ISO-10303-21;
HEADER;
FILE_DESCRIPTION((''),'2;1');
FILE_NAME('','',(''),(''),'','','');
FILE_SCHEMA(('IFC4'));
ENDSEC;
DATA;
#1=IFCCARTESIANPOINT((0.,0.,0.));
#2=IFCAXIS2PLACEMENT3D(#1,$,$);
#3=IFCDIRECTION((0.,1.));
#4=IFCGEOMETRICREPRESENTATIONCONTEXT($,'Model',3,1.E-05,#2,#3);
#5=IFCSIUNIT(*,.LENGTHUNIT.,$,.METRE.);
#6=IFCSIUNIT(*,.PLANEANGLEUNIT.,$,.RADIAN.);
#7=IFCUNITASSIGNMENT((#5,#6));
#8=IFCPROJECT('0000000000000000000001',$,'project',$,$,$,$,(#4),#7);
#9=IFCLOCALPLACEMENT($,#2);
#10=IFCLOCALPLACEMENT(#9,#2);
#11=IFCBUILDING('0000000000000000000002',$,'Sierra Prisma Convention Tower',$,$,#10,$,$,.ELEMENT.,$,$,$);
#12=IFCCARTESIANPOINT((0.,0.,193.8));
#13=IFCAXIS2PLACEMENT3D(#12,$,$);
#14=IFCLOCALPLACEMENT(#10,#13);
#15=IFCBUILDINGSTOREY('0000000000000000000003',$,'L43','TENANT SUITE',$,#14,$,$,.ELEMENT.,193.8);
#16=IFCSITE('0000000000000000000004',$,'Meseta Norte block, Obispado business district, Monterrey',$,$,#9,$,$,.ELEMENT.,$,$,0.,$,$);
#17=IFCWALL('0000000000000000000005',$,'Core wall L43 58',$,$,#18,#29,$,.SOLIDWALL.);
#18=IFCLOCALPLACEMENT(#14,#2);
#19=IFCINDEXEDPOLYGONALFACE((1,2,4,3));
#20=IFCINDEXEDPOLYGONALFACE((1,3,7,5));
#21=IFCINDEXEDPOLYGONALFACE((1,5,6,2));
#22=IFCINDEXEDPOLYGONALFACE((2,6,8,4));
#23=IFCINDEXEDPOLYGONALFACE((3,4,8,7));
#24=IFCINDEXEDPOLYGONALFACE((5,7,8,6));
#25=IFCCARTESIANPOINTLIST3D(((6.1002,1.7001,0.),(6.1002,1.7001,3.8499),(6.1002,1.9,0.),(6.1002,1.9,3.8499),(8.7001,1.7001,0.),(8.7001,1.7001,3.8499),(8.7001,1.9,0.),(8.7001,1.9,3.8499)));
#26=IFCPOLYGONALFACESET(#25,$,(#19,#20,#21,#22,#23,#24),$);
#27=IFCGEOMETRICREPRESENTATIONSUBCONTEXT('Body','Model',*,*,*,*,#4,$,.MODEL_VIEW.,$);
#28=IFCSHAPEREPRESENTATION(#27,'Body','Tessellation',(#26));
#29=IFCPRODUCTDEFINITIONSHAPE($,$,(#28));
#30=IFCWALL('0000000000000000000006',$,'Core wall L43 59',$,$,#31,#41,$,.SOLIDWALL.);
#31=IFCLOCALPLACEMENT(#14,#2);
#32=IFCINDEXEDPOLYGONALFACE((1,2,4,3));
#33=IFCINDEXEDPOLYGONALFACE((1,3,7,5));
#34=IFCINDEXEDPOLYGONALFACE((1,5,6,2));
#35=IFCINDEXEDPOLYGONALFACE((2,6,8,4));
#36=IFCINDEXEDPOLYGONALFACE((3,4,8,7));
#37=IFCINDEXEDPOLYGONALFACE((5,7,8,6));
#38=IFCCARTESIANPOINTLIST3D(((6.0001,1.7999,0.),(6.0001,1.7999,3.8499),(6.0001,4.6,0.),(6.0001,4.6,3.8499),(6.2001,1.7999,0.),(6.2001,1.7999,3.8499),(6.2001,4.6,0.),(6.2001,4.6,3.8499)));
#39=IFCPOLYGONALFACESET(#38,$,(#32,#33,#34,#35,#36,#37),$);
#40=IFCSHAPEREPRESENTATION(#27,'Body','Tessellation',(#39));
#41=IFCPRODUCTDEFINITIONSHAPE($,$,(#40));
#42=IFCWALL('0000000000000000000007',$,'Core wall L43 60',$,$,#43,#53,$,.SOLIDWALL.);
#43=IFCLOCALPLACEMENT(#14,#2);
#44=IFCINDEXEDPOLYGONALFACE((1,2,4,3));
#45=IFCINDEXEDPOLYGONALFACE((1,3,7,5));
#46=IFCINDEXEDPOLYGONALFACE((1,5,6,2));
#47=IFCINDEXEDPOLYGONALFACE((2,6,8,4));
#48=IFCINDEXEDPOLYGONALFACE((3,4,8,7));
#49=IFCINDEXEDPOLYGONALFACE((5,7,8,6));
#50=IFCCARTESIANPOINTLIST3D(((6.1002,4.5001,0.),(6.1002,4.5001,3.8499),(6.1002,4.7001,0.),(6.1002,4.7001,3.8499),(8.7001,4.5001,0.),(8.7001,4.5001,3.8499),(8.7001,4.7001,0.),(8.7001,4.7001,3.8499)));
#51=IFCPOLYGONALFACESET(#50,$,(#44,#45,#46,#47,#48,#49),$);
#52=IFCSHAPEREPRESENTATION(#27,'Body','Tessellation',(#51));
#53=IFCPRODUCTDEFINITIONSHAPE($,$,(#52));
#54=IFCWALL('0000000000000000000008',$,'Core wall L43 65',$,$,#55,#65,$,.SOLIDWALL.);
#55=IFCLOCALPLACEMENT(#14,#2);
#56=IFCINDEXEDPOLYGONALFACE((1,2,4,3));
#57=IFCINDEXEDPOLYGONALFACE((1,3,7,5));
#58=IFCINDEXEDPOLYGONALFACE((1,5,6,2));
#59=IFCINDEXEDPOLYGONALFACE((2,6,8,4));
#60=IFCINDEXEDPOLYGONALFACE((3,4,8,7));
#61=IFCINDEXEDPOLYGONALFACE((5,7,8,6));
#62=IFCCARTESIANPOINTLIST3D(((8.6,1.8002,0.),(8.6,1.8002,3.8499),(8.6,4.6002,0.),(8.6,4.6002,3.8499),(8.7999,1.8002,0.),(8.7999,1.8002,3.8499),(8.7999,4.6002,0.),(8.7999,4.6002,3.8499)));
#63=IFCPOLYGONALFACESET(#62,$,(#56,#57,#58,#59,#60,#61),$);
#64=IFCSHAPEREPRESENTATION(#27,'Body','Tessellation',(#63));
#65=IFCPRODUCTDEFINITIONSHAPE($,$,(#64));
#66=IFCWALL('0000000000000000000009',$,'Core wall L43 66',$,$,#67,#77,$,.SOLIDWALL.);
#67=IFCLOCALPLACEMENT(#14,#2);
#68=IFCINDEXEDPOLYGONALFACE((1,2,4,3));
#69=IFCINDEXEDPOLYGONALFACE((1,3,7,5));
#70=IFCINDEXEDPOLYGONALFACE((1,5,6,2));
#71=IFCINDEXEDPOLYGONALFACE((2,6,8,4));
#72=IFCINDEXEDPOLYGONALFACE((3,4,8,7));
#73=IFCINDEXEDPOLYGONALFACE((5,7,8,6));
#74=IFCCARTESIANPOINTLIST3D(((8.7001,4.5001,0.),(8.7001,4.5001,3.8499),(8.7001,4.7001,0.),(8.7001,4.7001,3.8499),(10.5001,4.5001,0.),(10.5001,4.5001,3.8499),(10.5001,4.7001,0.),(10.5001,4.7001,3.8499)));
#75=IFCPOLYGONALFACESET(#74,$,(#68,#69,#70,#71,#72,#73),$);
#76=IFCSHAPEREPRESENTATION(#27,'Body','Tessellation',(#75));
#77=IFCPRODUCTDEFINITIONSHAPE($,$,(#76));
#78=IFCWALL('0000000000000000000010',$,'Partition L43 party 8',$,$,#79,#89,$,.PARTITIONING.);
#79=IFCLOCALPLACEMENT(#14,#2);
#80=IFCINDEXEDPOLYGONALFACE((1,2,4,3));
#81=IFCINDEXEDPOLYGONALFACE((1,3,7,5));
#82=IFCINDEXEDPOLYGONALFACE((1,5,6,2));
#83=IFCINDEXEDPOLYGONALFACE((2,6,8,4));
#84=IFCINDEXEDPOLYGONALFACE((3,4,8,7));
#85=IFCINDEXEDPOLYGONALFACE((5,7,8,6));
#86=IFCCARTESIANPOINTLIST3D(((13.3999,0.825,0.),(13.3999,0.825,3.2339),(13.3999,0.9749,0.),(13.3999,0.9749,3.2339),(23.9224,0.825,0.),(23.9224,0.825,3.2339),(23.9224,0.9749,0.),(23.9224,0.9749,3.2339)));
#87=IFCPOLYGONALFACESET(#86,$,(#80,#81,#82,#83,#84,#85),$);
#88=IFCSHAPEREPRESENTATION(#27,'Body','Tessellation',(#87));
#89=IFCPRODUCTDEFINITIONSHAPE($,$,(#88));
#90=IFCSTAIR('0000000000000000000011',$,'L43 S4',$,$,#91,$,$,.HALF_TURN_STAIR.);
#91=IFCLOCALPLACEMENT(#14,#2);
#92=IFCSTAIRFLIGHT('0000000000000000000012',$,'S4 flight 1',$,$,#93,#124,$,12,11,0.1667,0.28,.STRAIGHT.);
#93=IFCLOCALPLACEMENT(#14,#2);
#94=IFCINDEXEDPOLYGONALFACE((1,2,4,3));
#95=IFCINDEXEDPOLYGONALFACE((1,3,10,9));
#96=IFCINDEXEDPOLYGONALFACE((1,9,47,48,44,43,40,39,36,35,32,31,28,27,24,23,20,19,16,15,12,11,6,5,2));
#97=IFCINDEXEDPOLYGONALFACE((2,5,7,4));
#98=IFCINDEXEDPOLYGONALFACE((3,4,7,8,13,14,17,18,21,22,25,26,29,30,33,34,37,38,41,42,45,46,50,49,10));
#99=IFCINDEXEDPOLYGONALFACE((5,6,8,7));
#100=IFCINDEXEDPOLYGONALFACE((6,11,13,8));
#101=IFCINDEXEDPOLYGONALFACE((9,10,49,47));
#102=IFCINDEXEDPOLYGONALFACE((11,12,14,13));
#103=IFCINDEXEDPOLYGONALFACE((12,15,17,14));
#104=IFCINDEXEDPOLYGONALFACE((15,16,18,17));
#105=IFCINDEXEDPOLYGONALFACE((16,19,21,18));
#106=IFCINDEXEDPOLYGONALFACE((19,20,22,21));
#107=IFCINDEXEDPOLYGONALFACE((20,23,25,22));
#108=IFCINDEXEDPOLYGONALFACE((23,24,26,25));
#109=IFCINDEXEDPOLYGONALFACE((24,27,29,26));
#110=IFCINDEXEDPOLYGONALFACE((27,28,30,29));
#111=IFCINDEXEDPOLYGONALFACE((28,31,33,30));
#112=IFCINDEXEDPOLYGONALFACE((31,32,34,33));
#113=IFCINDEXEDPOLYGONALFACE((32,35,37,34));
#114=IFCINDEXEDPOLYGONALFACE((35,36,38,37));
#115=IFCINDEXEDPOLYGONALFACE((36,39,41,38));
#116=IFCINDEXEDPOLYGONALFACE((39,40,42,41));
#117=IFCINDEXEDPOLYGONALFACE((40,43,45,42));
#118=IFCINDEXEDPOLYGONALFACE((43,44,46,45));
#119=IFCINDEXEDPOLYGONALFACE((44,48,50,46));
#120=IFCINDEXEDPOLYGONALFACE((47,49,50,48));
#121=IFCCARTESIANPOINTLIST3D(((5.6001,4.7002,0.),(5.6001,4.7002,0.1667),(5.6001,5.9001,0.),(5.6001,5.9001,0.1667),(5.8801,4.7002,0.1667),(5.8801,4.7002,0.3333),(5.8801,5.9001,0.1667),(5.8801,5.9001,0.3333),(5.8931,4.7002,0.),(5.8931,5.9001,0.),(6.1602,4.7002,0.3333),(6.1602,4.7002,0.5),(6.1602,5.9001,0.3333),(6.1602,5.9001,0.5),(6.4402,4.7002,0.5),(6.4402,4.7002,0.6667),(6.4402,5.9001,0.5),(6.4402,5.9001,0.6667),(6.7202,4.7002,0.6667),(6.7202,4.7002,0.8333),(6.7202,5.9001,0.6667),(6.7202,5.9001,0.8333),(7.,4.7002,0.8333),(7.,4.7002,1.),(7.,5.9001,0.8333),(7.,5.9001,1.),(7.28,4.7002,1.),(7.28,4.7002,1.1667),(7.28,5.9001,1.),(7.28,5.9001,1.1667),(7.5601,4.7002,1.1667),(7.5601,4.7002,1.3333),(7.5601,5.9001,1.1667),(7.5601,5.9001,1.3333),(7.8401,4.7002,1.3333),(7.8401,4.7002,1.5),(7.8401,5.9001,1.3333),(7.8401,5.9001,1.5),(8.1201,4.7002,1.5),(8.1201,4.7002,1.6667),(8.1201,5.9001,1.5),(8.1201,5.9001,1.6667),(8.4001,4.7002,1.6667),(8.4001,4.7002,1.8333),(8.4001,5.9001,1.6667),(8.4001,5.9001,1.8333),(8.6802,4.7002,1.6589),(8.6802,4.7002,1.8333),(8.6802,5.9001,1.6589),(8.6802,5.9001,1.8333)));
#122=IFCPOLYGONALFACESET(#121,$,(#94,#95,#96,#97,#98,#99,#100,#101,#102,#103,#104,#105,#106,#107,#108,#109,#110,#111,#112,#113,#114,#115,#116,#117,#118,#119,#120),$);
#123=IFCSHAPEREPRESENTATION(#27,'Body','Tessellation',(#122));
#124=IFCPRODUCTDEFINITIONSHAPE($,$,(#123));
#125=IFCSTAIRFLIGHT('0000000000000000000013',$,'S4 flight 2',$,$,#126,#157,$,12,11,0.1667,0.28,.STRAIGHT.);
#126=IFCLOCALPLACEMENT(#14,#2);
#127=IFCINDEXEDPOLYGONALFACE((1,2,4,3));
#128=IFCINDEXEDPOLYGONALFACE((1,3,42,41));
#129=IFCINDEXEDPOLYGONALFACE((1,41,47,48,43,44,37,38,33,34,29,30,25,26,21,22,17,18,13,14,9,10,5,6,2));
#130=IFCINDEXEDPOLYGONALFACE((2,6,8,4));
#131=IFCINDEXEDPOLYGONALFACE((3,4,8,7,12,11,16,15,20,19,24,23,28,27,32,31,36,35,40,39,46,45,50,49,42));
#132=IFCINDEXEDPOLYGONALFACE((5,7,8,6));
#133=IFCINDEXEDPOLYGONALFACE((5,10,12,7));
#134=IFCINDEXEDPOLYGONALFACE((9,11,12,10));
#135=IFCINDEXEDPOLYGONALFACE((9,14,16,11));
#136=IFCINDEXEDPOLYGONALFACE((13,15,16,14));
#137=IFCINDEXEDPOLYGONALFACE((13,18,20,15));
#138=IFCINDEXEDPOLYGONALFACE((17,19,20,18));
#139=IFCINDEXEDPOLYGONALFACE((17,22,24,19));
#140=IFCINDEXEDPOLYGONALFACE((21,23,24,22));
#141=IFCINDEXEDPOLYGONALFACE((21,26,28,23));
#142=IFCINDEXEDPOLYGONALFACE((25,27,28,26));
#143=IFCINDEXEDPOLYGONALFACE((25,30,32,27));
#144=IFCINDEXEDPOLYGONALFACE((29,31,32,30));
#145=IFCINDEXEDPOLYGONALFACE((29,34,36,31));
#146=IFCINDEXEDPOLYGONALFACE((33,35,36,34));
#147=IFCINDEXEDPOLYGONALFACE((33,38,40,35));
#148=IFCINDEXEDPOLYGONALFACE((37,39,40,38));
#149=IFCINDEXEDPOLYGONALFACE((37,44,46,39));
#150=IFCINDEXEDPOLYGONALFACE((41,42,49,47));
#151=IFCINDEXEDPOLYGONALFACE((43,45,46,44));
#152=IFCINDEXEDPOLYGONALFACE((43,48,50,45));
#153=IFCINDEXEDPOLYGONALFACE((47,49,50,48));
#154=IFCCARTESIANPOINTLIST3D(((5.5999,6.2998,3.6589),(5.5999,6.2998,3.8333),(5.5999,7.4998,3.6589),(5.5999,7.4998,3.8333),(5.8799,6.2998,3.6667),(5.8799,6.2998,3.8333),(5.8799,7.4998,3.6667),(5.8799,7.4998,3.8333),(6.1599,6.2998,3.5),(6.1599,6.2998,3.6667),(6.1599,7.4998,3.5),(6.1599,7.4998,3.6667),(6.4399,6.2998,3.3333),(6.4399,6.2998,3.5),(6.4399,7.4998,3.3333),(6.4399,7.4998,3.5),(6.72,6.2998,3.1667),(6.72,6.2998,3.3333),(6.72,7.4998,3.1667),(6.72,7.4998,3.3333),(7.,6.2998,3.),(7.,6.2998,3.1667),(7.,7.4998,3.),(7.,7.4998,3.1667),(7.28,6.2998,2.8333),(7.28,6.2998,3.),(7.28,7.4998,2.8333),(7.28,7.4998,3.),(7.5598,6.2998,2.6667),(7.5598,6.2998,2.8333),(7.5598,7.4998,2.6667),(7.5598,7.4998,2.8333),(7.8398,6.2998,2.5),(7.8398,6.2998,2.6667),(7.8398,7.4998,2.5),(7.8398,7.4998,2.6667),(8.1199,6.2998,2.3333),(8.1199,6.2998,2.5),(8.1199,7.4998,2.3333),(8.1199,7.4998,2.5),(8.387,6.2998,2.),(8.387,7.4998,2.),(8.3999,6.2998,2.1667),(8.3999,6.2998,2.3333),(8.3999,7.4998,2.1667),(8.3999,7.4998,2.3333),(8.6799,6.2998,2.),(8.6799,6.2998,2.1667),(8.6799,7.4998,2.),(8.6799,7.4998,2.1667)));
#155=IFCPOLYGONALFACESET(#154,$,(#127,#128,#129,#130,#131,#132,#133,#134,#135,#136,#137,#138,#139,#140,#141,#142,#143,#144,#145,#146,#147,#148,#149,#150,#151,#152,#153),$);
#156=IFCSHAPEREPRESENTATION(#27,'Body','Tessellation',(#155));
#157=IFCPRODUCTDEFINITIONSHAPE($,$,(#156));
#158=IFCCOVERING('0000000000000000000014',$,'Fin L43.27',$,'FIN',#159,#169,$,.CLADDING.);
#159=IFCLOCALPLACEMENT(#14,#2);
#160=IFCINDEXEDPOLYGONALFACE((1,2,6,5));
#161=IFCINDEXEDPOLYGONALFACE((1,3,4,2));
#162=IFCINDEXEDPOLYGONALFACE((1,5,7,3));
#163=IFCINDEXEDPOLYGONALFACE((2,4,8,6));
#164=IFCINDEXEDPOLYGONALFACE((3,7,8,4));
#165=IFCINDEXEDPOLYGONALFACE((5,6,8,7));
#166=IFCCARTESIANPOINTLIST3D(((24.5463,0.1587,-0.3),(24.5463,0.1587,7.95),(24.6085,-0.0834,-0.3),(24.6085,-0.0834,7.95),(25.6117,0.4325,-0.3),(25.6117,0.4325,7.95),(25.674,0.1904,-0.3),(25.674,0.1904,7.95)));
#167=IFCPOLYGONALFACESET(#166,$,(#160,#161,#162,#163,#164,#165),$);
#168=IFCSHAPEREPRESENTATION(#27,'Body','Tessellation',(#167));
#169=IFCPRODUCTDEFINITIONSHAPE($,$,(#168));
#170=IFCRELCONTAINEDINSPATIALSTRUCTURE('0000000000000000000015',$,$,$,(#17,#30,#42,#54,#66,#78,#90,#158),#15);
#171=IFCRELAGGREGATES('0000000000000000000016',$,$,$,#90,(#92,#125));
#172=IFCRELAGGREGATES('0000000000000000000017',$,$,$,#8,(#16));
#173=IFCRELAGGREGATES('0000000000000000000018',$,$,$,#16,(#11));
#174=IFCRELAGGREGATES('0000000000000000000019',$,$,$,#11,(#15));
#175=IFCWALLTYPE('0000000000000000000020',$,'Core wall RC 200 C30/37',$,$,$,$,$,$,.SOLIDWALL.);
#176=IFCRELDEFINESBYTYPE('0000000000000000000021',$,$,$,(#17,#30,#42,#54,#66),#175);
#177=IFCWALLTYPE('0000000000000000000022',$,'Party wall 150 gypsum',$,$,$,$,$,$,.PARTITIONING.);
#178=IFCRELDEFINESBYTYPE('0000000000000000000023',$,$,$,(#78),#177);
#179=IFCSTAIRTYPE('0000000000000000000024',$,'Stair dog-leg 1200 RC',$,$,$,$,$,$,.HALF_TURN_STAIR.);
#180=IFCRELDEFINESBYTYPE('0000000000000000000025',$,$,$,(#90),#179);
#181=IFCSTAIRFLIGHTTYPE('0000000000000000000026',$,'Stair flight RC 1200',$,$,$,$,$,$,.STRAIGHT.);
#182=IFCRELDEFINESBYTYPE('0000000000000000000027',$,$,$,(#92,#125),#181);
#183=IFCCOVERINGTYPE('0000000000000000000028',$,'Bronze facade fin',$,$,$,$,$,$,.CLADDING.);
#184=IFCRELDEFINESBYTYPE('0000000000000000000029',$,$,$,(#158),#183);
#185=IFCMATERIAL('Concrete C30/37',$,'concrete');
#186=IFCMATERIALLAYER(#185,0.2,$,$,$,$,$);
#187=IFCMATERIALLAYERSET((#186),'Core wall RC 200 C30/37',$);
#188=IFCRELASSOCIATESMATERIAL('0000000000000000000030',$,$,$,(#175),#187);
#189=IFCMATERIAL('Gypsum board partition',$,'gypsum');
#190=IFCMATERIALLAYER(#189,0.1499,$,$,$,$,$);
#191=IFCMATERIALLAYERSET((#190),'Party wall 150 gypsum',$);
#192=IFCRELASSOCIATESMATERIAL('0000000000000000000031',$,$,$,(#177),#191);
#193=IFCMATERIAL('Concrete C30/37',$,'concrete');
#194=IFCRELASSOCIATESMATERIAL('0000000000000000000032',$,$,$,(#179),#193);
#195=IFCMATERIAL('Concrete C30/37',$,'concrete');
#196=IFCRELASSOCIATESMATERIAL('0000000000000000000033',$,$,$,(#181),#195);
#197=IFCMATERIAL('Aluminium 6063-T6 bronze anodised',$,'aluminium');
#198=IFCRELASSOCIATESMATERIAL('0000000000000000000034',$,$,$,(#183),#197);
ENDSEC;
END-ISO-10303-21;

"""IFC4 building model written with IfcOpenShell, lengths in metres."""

from ifc_helpers import new_model, si_unit, direction, frame, frame_2d, origin, origin_2d, place, context, subcontext, project, spatial, polyline, rectangle, outline, extrude, material, layer, layer_set, material_profile, profile_set, type_object, element, aggregate, save


model = new_model("IFC4")

# Units and contexts
model_context = context("Model", 3, precision=1e-05, world=origin(), true_north=direction((0.0, 1.0)))
body_context = subcontext(model_context, "Body", "Model", "MODEL_VIEW")
ifc_project = project(units=[si_unit("LENGTHUNIT", "METRE"), si_unit("PLANEANGLEUNIT", "RADIAN")], contexts=[model_context])

# Site, building, storey
site_placement = place(None, origin())
site = spatial("IfcSite", under=ifc_project, at=site_placement, Name="Meseta Norte block, Obispado business district, Monterrey", CompositionType="ELEMENT", RefElevation=0.0)
building_placement = place(site_placement, origin())
building = spatial("IfcBuilding", under=site, at=building_placement, Name="Sierra Prisma Convention Tower", CompositionType="ELEMENT")
storey_placement = place(building_placement, frame((0.0, 0.0, 193.8)))
storey = spatial("IfcBuildingStorey", under=building, at=storey_placement, Name="L43", Description="TENANT SUITE", CompositionType="ELEMENT", Elevation=193.8)

# Walls
ifc_material_1 = material(Name="Concrete C30/37", Category="concrete")
ifc_layer_1 = layer(ifc_material_1, 0.2)
ifc_layer_set_1 = layer_set([ifc_layer_1], Name="Core wall RC 200 C30/37")
wall_type_1 = type_object("IfcWallType", Name="Core wall RC 200 C30/37", PredefinedType="SOLIDWALL", material=ifc_layer_set_1)
wall_1_placement = place(storey_placement, frame((8.7, 1.8, 0.0), z_axis=(0.0, 0.0, 1.0), x_axis=(-1.0, 0.0, 0.0)))
element("IfcWall", 1, at=wall_1_placement, inside=storey, type_object=wall_type_1, Name="Core wall L43 58", PredefinedType="SOLIDWALL", context=body_context, shape_type="SweptSolid", body=[
    extrude(rectangle(XDim=2.5999, YDim=0.2, at=frame_2d((1.2998, 0.0))), origin(), (0.0, 0.0, 1.0), 3.8499),
])
wall_2_placement = place(storey_placement, frame((6.1001, 1.8, 0.0), z_axis=(0.0, 0.0, 1.0), x_axis=(0.0, 1.0, 0.0)))
element("IfcWall", 2, at=wall_2_placement, inside=storey, type_object=wall_type_1, Name="Core wall L43 59", PredefinedType="SOLIDWALL", context=body_context, shape_type="SweptSolid", body=[
    extrude(rectangle(XDim=2.8, YDim=0.2, at=frame_2d((1.3999, 0.0))), origin(), (0.0, 0.0, 1.0), 3.8499),
])
wall_3_placement = place(storey_placement, frame((8.7, 4.6001, 0.0), z_axis=(0.0, 0.0, 1.0), x_axis=(-1.0, 0.0, 0.0)))
element("IfcWall", 3, at=wall_3_placement, inside=storey, type_object=wall_type_1, Name="Core wall L43 60", PredefinedType="SOLIDWALL", context=body_context, shape_type="SweptSolid", body=[
    extrude(rectangle(XDim=2.5999, YDim=0.2, at=frame_2d((1.2998, 0.0))), origin(), (0.0, 0.0, 1.0), 3.8499),
])

# Walls
wall_4_placement = place(storey_placement, frame((8.7, 4.6001, 0.0), z_axis=(0.0, 0.0, 1.0), x_axis=(0.0, -1.0, 0.0)))
element("IfcWall", 4, at=wall_4_placement, inside=storey, type_object=wall_type_1, Name="Core wall L43 65", PredefinedType="SOLIDWALL", context=body_context, shape_type="SweptSolid", body=[
    extrude(rectangle(XDim=2.8, YDim=0.2, at=frame_2d((1.3999, 0.0))), origin(), (0.0, 0.0, 1.0), 3.8499),
])
wall_5_placement = place(storey_placement, frame((10.5, 4.6001, 0.0), z_axis=(0.0, 0.0, 1.0), x_axis=(-1.0, 0.0, 0.0)))
element("IfcWall", 5, at=wall_5_placement, inside=storey, type_object=wall_type_1, Name="Core wall L43 66", PredefinedType="SOLIDWALL", context=body_context, shape_type="SweptSolid", body=[
    extrude(rectangle(XDim=1.8, YDim=0.2, at=frame_2d((0.8999, 0.0))), origin(), (0.0, 0.0, 1.0), 3.8499),
])
ifc_material_2 = material(Name="Gypsum board partition", Category="gypsum")
ifc_layer_2 = layer(ifc_material_2, 0.1499)
ifc_layer_set_2 = layer_set([ifc_layer_2], Name="Party wall 150 gypsum")
wall_type_2 = type_object("IfcWallType", Name="Party wall 150 gypsum", PredefinedType="PARTITIONING", material=ifc_layer_set_2)
wall_6_placement = place(storey_placement, frame((23.9224, 0.8999, 0.0), z_axis=(0.0, 0.0, 1.0), x_axis=(-1.0, 0.0, 0.0)))
element("IfcWall", 6, at=wall_6_placement, inside=storey, type_object=wall_type_2, Name="Partition L43 party 8", PredefinedType="PARTITIONING", context=body_context, shape_type="SweptSolid", body=[
    extrude(rectangle(XDim=10.5225, YDim=0.1499, at=frame_2d((5.2612, 0.0))), origin(), (0.0, 0.0, 1.0), 3.2339),
])

# Stair, stair flights
ifc_material_3 = material(Name="Concrete C30/37", Category="concrete")
stair_type = type_object("IfcStairType", Name="Stair dog-leg 1200 RC", PredefinedType="HALF_TURN_STAIR", material=ifc_material_3)
stair_placement = place(storey_placement, origin())
stair = element("IfcStair", 7, at=stair_placement, inside=storey, type_object=stair_type, Name="L43 S4", PredefinedType="HALF_TURN_STAIR")
ifc_material_4 = material(Name="Concrete C30/37", Category="concrete")
stair_flight_type = type_object("IfcStairFlightType", Name="Stair flight RC 1200", PredefinedType="STRAIGHT", material=ifc_material_4)
stair_flight_1_placement = place(storey_placement, frame((5.6001, 5.3, 0.0), z_axis=(0.0, 0.0, 1.0), x_axis=(1.0, 0.0, 0.0)))
stair_flight_1 = element("IfcStairFlight", 8, at=stair_flight_1_placement, type_object=stair_flight_type, Name="S4 flight 1", NumberOfRisers=12, NumberOfTreads=11, PredefinedType="STRAIGHT", RiserHeight=0.1667, TreadLength=0.28, context=body_context, shape_type="SweptSolid", body=[
    extrude(outline(polyline([(0.0, 0.0), (0.0, 0.1667), (0.28, 0.1667), (0.28, 0.3333), (0.5601, 0.3333), (0.5601, 0.5), (0.8401, 0.5), (0.8401, 0.6667), (1.1201, 0.6667), (1.1201, 0.8333), (1.3999, 0.8333), (1.3999, 1.0), (1.6799, 1.0), (1.6799, 1.1667), (1.96, 1.1667), (1.96, 1.3333), (2.24, 1.3333), (2.24, 1.5), (2.52, 1.5), (2.52, 1.6667), (2.8, 1.6667), (2.8, 1.8333), (3.0801, 1.8333), (3.0801, 2.0), (3.0801, 1.6589), (0.293, 0.0), (0.0, 0.0)])), frame((0.0, 0.6001, 0.0), z_axis=(0.0, -1.0, 0.0), x_axis=(1.0, 0.0, 0.0)), (0.0, 0.0, 1.0), 1.2),
])
stair_flight_2_placement = place(storey_placement, frame((8.6799, 6.8999, 2.0), z_axis=(0.0, 0.0, 1.0), x_axis=(-1.0, 0.0, 0.0)))
stair_flight_2 = element("IfcStairFlight", 9, at=stair_flight_2_placement, type_object=stair_flight_type, Name="S4 flight 2", NumberOfRisers=12, NumberOfTreads=11, PredefinedType="STRAIGHT", RiserHeight=0.1667, TreadLength=0.28, context=body_context, shape_type="SweptSolid", body=[
    extrude(outline(polyline([(0.0, 0.0), (0.0, 0.1667), (0.28, 0.1667), (0.28, 0.3333), (0.5601, 0.3333), (0.5601, 0.5), (0.8401, 0.5), (0.8401, 0.6667), (1.1201, 0.6667), (1.1201, 0.8333), (1.3999, 0.8333), (1.3999, 1.0), (1.6799, 1.0), (1.6799, 1.1667), (1.96, 1.1667), (1.96, 1.3333), (2.24, 1.3333), (2.24, 1.5), (2.52, 1.5), (2.52, 1.6667), (2.8, 1.6667), (2.8, 1.8333), (3.0801, 1.8333), (3.0801, 2.0), (3.0801, 1.6589), (0.293, 0.0), (0.0, 0.0)])), frame((0.0, 0.6001, 0.0), z_axis=(0.0, -1.0, 0.0), x_axis=(1.0, 0.0, 0.0)), (0.0, 0.0, 1.0), 1.2),
])
aggregate(stair, [stair_flight_1, stair_flight_2])

# Covering
ifc_material_5 = material(Name="Aluminium 6063-T6 bronze anodised", Category="aluminium")
ifc_material_profile_1 = material_profile(ifc_material_5, rectangle(XDim=1.1001, YDim=0.25, at=origin_2d()), Name="ALU FIN 1100x250")
ifc_profile_set_1 = profile_set([ifc_material_profile_1], Name="Aluminium 6063-T6 bronze anodised")
covering_type = type_object("IfcCoveringType", Name="Bronze facade fin", PredefinedType="CLADDING", material=ifc_profile_set_1)
covering_placement = place(storey_placement, frame((25.1101, 0.1746, -0.3), z_axis=(0.0, 0.0, 1.0), x_axis=(0.968538, 0.248865, 0.0)))
element("IfcCovering", 10, at=covering_placement, inside=storey, type_object=covering_type, Name="Fin L43.27", ObjectType="FIN", PredefinedType="CLADDING", context=body_context, shape_type="SweptSolid", body=[
    extrude(rectangle(XDim=1.1001, YDim=0.25, at=origin_2d()), origin(), (0.0, 0.0, 1.0), 8.25),
])

save(model, "model.ifc")
